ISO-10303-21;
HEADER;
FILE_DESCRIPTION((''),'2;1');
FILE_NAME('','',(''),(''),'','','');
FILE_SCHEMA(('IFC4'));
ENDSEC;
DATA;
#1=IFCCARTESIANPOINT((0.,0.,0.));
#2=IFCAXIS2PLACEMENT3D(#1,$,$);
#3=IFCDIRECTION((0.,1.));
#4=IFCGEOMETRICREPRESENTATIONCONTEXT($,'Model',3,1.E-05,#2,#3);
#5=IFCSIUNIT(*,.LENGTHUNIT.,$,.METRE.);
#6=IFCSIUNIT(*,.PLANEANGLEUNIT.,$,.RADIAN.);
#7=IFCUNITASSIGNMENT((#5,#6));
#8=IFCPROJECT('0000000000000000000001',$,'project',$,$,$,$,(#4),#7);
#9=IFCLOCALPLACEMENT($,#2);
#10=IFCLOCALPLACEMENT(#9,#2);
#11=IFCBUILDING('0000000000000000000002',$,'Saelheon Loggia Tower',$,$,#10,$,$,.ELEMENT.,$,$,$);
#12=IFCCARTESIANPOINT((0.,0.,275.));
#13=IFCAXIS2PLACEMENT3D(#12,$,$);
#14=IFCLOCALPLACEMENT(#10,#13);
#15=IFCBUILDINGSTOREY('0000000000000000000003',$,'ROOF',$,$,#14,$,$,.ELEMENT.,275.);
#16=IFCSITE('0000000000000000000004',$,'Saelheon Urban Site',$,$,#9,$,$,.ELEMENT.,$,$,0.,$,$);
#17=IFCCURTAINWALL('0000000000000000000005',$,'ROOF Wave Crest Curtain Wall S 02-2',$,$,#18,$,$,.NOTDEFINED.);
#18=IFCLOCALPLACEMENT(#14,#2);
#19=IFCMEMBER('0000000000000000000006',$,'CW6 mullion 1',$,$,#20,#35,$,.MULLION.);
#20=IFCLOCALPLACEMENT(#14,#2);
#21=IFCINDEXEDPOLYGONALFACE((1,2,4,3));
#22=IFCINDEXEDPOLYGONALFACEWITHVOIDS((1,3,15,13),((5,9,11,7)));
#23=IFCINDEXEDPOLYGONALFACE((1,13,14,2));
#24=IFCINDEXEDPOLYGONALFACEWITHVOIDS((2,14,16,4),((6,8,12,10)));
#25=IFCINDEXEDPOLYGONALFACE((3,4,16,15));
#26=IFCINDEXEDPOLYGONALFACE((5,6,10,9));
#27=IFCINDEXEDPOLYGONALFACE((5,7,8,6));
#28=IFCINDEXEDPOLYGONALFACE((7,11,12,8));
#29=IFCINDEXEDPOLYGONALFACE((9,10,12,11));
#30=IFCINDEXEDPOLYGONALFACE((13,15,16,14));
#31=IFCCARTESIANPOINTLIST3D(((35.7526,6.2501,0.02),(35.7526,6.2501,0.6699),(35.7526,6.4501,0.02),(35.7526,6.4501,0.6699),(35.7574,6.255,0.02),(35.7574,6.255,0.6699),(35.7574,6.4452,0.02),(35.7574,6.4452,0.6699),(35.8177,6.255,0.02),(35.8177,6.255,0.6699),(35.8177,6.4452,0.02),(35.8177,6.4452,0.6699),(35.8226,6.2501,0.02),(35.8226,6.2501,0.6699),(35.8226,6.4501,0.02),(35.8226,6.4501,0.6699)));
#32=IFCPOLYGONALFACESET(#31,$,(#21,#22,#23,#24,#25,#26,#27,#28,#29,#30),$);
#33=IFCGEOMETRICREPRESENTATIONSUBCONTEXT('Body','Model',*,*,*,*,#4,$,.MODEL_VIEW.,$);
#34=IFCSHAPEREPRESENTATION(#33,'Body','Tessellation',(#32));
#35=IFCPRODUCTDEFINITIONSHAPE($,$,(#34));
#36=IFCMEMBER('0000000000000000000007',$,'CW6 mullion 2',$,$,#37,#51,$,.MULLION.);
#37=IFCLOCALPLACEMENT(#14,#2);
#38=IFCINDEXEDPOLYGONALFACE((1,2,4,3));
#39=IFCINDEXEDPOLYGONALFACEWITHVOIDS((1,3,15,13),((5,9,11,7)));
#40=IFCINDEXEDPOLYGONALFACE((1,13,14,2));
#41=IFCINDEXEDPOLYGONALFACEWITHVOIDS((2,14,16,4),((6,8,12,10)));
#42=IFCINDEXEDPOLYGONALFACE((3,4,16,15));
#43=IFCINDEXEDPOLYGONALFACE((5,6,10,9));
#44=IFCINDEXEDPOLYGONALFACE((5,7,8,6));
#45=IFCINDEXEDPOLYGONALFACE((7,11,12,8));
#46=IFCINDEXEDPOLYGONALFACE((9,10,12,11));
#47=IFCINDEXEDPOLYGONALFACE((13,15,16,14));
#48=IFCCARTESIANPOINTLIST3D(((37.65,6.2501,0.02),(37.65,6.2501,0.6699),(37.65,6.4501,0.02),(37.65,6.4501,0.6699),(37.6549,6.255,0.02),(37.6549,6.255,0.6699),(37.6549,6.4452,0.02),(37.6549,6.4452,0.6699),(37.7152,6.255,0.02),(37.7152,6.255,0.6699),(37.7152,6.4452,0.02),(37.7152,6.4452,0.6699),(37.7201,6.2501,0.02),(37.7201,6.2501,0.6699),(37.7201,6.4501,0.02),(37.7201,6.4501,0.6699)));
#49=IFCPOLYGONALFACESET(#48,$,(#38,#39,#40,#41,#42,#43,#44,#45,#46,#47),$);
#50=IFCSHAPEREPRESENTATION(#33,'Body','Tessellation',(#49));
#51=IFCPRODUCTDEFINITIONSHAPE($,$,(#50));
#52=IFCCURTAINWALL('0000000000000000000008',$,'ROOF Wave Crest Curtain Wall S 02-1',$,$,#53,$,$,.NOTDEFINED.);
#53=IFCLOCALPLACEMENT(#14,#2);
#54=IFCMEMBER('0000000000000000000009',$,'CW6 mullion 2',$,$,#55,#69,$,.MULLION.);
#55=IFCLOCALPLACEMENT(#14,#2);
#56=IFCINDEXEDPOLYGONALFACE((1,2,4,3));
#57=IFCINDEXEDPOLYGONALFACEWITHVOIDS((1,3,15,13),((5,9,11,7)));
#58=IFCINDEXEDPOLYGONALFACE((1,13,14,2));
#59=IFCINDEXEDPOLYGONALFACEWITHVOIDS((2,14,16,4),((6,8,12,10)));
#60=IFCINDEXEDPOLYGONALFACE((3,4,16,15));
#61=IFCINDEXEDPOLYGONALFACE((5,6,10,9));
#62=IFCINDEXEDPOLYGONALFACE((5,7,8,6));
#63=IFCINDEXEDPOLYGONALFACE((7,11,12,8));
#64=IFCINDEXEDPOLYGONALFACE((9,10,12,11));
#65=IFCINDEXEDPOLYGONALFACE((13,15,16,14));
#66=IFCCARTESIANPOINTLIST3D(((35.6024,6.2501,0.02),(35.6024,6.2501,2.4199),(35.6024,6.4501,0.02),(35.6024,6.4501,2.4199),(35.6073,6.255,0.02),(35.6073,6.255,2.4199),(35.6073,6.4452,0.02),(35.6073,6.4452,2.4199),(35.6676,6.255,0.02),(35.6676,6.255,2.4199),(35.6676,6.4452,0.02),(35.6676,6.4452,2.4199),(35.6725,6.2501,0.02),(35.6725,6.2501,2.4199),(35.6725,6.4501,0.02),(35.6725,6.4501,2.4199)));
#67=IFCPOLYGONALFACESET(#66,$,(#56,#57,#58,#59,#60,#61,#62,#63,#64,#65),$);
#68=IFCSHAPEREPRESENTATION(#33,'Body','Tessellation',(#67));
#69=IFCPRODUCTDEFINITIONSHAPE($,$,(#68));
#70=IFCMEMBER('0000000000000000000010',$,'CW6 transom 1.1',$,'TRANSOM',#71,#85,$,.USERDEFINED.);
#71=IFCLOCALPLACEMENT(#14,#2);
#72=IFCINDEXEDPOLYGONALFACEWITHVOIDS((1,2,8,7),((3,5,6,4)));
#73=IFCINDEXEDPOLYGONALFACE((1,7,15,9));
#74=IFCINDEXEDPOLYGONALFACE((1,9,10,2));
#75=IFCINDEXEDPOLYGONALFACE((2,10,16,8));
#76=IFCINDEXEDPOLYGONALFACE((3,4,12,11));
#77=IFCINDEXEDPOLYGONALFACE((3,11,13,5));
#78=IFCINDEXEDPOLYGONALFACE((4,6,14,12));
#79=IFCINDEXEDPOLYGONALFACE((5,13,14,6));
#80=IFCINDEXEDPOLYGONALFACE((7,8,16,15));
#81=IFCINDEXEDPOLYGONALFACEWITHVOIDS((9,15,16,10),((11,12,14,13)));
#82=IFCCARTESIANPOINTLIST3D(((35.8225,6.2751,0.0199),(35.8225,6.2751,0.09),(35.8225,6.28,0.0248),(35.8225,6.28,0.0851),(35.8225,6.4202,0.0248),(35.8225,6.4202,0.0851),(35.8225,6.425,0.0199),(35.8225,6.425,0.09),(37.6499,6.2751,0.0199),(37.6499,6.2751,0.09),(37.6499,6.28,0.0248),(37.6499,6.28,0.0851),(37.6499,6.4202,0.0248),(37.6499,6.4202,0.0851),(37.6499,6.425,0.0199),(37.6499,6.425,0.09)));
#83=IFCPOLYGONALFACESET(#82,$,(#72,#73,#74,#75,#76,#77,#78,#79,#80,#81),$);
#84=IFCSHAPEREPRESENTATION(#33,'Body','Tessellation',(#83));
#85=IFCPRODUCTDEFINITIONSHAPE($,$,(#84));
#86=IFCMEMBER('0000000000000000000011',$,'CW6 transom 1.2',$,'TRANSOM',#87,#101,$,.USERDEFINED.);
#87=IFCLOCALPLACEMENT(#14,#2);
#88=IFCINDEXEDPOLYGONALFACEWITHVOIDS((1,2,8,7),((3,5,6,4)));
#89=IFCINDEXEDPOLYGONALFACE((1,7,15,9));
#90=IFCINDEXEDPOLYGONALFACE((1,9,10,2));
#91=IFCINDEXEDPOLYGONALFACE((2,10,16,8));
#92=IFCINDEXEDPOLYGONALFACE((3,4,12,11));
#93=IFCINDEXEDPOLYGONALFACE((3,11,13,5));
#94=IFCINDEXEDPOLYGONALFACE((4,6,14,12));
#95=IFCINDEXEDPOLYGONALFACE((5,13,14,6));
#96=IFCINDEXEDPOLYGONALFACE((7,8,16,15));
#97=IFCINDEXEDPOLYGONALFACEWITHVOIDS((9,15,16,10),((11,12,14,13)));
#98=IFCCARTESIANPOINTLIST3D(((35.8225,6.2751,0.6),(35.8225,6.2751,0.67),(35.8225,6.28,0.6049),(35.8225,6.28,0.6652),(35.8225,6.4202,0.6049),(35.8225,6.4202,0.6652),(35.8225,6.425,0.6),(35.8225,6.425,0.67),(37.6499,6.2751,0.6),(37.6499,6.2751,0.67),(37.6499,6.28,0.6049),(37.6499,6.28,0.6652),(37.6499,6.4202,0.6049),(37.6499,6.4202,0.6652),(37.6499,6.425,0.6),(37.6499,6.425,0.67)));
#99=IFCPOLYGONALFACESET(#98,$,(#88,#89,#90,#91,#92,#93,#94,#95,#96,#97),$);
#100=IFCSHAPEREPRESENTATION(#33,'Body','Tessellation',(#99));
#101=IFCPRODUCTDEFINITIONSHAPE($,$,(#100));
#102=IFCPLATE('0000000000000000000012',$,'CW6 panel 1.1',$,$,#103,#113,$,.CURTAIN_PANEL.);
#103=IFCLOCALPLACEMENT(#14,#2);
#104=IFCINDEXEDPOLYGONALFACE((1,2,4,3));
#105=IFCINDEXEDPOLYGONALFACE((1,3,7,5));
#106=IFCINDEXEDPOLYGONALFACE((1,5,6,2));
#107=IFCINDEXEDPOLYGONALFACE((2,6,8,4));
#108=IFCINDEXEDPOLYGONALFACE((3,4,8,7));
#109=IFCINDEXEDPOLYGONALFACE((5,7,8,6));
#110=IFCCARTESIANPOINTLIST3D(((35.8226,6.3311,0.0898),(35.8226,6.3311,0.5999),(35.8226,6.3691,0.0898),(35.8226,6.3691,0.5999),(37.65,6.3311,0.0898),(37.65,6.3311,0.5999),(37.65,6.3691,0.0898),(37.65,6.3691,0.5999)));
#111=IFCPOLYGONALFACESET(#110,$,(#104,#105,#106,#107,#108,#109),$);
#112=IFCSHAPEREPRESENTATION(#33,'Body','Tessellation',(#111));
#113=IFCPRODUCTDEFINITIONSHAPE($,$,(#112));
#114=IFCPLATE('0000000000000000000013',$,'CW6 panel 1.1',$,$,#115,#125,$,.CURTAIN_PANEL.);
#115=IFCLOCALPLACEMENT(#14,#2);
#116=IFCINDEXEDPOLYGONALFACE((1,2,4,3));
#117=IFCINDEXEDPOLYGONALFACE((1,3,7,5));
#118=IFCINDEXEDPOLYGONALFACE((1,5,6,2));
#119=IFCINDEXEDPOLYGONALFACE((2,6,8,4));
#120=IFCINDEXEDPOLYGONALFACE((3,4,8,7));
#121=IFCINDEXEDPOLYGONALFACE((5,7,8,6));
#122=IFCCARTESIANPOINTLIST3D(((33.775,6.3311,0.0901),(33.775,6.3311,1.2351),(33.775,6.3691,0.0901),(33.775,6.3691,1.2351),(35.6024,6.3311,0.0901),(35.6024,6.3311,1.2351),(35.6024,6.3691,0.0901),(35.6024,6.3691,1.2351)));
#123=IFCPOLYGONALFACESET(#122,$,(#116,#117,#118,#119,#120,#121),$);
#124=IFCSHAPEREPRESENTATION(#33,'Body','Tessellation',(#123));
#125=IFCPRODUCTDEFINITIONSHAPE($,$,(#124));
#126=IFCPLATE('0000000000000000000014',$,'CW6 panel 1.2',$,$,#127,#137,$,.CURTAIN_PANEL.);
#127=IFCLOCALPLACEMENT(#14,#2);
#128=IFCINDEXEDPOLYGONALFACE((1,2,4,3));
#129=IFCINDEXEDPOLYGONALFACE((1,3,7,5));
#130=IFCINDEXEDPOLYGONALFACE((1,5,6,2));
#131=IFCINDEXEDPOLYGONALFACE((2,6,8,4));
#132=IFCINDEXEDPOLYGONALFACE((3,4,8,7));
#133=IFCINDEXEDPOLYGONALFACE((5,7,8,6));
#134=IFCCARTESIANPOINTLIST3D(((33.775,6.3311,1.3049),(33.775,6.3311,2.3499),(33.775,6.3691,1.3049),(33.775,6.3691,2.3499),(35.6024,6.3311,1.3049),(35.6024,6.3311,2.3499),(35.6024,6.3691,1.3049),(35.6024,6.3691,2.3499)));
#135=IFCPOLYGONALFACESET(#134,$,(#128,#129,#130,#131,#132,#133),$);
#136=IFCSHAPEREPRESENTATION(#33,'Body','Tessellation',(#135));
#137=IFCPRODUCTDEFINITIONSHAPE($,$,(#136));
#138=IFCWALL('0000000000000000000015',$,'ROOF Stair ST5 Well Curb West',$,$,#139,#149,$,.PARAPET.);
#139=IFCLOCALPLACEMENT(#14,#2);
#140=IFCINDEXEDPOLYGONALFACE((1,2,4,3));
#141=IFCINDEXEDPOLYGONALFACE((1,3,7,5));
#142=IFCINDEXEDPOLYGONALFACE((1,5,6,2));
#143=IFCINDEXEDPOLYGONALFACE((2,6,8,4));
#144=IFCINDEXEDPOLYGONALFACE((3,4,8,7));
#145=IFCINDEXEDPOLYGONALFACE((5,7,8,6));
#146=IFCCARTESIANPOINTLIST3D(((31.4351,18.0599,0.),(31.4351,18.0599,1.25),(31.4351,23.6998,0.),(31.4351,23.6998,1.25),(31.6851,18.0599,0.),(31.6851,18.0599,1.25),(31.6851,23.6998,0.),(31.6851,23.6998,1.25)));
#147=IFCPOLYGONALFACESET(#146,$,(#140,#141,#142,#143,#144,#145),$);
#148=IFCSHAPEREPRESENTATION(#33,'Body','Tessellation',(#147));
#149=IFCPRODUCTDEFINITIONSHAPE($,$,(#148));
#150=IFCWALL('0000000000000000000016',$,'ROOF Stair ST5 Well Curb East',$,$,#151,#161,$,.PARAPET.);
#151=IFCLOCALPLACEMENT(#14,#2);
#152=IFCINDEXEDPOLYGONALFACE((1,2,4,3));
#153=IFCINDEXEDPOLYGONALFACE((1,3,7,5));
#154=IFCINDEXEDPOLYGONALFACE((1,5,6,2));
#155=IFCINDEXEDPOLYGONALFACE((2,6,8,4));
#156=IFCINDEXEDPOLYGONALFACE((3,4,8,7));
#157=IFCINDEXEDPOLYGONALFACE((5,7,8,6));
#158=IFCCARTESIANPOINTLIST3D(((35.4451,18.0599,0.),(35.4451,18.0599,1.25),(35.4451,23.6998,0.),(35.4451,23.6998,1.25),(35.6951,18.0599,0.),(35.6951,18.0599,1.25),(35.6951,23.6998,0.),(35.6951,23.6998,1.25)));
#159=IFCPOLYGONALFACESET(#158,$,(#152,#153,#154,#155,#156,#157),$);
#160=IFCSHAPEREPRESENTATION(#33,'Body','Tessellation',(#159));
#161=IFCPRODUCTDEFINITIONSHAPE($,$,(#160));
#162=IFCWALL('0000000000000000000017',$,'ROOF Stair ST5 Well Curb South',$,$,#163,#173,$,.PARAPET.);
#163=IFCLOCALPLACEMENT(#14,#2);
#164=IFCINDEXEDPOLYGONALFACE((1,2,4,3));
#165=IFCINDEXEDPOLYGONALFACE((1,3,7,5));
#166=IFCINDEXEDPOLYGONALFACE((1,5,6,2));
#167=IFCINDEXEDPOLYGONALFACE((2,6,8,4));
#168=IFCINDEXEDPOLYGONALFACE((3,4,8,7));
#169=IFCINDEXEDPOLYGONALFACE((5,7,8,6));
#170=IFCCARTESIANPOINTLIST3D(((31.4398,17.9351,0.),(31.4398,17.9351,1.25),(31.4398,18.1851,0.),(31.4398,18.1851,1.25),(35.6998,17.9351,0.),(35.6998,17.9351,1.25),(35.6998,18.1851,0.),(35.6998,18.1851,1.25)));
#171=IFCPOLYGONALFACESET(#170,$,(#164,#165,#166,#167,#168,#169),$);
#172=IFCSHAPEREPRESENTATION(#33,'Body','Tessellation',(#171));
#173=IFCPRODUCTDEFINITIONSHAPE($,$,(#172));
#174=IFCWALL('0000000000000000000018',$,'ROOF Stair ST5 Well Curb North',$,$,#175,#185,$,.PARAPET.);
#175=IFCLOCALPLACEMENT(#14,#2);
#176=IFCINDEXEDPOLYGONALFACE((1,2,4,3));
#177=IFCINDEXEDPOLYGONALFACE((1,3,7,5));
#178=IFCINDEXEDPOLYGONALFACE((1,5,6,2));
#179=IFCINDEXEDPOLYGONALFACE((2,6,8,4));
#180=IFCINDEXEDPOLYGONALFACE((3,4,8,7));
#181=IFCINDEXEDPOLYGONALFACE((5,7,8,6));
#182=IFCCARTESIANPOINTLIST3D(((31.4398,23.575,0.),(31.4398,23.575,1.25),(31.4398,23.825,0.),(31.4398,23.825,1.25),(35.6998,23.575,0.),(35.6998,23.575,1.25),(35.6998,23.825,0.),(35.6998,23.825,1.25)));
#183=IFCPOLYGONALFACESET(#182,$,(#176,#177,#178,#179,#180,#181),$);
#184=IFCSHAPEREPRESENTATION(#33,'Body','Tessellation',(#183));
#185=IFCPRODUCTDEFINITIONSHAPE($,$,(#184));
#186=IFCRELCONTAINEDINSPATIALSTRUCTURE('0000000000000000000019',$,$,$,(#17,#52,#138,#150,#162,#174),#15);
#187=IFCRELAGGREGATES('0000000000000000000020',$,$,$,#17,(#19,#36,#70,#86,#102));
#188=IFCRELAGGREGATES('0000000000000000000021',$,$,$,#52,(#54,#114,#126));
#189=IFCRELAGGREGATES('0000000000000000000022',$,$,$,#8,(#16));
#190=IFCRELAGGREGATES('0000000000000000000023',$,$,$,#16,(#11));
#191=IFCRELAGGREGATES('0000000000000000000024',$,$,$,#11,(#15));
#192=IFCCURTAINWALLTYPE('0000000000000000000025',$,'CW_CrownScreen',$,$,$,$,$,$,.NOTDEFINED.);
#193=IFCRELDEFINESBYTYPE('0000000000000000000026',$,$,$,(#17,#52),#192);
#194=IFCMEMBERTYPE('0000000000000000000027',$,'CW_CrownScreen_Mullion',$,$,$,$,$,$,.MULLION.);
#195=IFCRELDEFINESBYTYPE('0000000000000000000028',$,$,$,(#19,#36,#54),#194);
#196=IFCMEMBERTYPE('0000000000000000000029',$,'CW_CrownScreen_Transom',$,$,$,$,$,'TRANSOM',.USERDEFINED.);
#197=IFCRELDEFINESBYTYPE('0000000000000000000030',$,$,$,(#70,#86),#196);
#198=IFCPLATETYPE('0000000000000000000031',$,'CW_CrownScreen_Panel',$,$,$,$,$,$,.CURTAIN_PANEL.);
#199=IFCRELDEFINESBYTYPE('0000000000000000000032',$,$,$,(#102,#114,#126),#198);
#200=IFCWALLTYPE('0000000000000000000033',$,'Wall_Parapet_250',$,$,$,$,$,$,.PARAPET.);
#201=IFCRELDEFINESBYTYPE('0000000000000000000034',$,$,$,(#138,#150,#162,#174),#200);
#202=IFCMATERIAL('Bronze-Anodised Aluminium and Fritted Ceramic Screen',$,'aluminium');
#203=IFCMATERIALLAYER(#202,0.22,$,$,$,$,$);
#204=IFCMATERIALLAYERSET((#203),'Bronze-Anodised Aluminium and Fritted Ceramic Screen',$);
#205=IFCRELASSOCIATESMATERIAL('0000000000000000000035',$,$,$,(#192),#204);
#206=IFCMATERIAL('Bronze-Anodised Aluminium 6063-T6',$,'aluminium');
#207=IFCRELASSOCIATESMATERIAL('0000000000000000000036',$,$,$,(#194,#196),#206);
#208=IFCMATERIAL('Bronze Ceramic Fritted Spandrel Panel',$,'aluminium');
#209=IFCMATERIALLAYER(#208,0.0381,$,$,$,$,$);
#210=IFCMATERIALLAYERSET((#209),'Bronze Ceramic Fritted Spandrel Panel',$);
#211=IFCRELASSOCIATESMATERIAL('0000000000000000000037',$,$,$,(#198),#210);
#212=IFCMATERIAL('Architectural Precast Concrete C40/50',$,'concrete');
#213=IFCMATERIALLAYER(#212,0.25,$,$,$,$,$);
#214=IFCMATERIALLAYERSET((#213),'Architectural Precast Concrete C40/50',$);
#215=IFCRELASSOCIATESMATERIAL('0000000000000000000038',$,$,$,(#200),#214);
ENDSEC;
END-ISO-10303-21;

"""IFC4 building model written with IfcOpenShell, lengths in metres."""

from ifc_helpers import new_model, si_unit, direction, frame, frame_2d, origin, origin_2d, place, context, subcontext, project, spatial, rectangle, hollow_rectangle, extrude, source, transform, mapped, material, layer, layer_set, material_profile, profile_set, type_object, element, aggregate, save


model = new_model("IFC4")

# Units and contexts
model_context = context("Model", 3, precision=1e-05, world=origin(), true_north=direction((0.0, 1.0)))
body_context = subcontext(model_context, "Body", "Model", "MODEL_VIEW")
ifc_project = project(units=[si_unit("LENGTHUNIT", "METRE"), si_unit("PLANEANGLEUNIT", "RADIAN")], contexts=[model_context])

# Site, building, storey
site_placement = place(None, origin())
site = spatial("IfcSite", under=ifc_project, at=site_placement, Name="Saelheon Urban Site", CompositionType="ELEMENT", RefElevation=0.0)
building_placement = place(site_placement, origin())
building = spatial("IfcBuilding", under=site, at=building_placement, Name="Saelheon Loggia Tower", CompositionType="ELEMENT")
storey_placement = place(building_placement, frame((0.0, 0.0, 275.0)))
storey = spatial("IfcBuildingStorey", under=building, at=storey_placement, Name="ROOF", CompositionType="ELEMENT", Elevation=275.0)

# Curtain wall, members
ifc_material_1 = material(Name="Bronze-Anodised Aluminium and Fritted Ceramic Screen", Category="aluminium")
ifc_layer_1 = layer(ifc_material_1, 0.22)
ifc_layer_set_1 = layer_set([ifc_layer_1], Name="Bronze-Anodised Aluminium and Fritted Ceramic Screen")
curtain_wall_type = type_object("IfcCurtainWallType", Name="CW_CrownScreen", PredefinedType="NOTDEFINED", material=ifc_layer_set_1)
curtain_wall_1_placement = place(storey_placement, origin())
curtain_wall_1 = element("IfcCurtainWall", 1, at=curtain_wall_1_placement, inside=storey, type_object=curtain_wall_type, Name="ROOF Wave Crest Curtain Wall S 02-2", PredefinedType="NOTDEFINED")
ifc_material_2 = material(Name="Bronze-Anodised Aluminium 6063-T6", Category="aluminium")
ifc_material_profile_1 = material_profile(ifc_material_2, hollow_rectangle(XDim=0.0701, YDim=0.2, WallThickness=0.0049, at=origin_2d()), Name="RHS-200x70x5")
ifc_profile_set_1 = profile_set([ifc_material_profile_1], Name="Bronze-Anodised Aluminium 6063-T6")
member_type_1 = type_object("IfcMemberType", Name="CW_CrownScreen_Mullion", PredefinedType="MULLION", material=ifc_profile_set_1)
shared_shape_1 = source(origin(), body_context, "Body", "SweptSolid", [
    extrude(hollow_rectangle(XDim=0.0701, YDim=0.2, WallThickness=0.0049, at=origin_2d()), origin(), (0.0, 0.0, 1.0), 0.6499),
])
member_1_placement = place(storey_placement, frame((35.7876, 6.3501, 0.02), z_axis=(0.0, 0.0, 1.0), x_axis=(1.0, 0.0, 0.0)))
member_1 = element("IfcMember", 2, at=member_1_placement, type_object=member_type_1, Name="CW6 mullion 1", PredefinedType="MULLION", context=body_context, shape_type="MappedRepresentation", body=[
    mapped(shared_shape_1, transform((0.0, 0.0, 0.0), scale=1.0)),
])
member_2_placement = place(storey_placement, frame((37.6851, 6.3501, 0.02), z_axis=(0.0, 0.0, 1.0), x_axis=(1.0, 0.0, 0.0)))
member_2 = element("IfcMember", 3, at=member_2_placement, type_object=member_type_1, Name="CW6 mullion 2", PredefinedType="MULLION", context=body_context, shape_type="MappedRepresentation", body=[
    mapped(shared_shape_1, transform((0.0, 0.0, 0.0), scale=1.0)),
])

# Curtain wall, member
curtain_wall_2_placement = place(storey_placement, origin())
curtain_wall_2 = element("IfcCurtainWall", 4, at=curtain_wall_2_placement, inside=storey, type_object=curtain_wall_type, Name="ROOF Wave Crest Curtain Wall S 02-1", PredefinedType="NOTDEFINED")
shared_shape_2 = source(origin(), body_context, "Body", "SweptSolid", [
    extrude(hollow_rectangle(XDim=0.0701, YDim=0.2, WallThickness=0.0049, at=origin_2d()), origin(), (0.0, 0.0, 1.0), 2.3999),
])
member_3_placement = place(storey_placement, frame((35.6375, 6.3501, 0.02), z_axis=(0.0, 0.0, 1.0), x_axis=(1.0, 0.0, 0.0)))
member_3 = element("IfcMember", 5, at=member_3_placement, type_object=member_type_1, Name="CW6 mullion 2", PredefinedType="MULLION", context=body_context, shape_type="MappedRepresentation", body=[
    mapped(shared_shape_2, transform((0.0, 0.0, 0.0), scale=1.0)),
])

# Members
ifc_material_profile_2 = material_profile(ifc_material_2, hollow_rectangle(XDim=0.0701, YDim=0.1499, WallThickness=0.0049, at=origin_2d()), Name="RHS-150x70x5")
ifc_profile_set_2 = profile_set([ifc_material_profile_2], Name="Bronze-Anodised Aluminium 6063-T6")
member_type_2 = type_object("IfcMemberType", Name="CW_CrownScreen_Transom", ElementType="TRANSOM", PredefinedType="USERDEFINED", material=ifc_profile_set_2)
shared_shape_3 = source(origin(), body_context, "Body", "SweptSolid", [
    extrude(hollow_rectangle(XDim=0.0701, YDim=0.1499, WallThickness=0.0049, at=origin_2d()), origin(), (0.0, 0.0, 1.0), 1.8274),
])
member_4_placement = place(storey_placement, frame((35.8225, 6.3501, 0.0549), z_axis=(1.0, 0.0, 0.0), x_axis=(0.0, 0.0, 1.0)))
member_4 = element("IfcMember", 6, at=member_4_placement, type_object=member_type_2, Name="CW6 transom 1.1", ObjectType="TRANSOM", PredefinedType="USERDEFINED", context=body_context, shape_type="MappedRepresentation", body=[
    mapped(shared_shape_3, transform((0.0, 0.0, 0.0), scale=1.0)),
])
member_5_placement = place(storey_placement, frame((35.8225, 6.3501, 0.635), z_axis=(1.0, 0.0, 0.0), x_axis=(0.0, 0.0, 1.0)))
member_5 = element("IfcMember", 7, at=member_5_placement, type_object=member_type_2, Name="CW6 transom 1.2", ObjectType="TRANSOM", PredefinedType="USERDEFINED", context=body_context, shape_type="MappedRepresentation", body=[
    mapped(shared_shape_3, transform((0.0, 0.0, 0.0), scale=1.0)),
])

# Plates
ifc_material_3 = material(Name="Bronze Ceramic Fritted Spandrel Panel", Category="aluminium")
ifc_layer_2 = layer(ifc_material_3, 0.0381)
ifc_layer_set_2 = layer_set([ifc_layer_2], Name="Bronze Ceramic Fritted Spandrel Panel")
plate_type = type_object("IfcPlateType", Name="CW_CrownScreen_Panel", PredefinedType="CURTAIN_PANEL", material=ifc_layer_set_2)
shared_shape_4 = source(origin(), body_context, "Body", "SweptSolid", [
    extrude(rectangle(XDim=1.8274, YDim=0.0381, at=origin_2d()), origin(), (0.0, 0.0, 1.0), 0.51),
])
plate_1_placement = place(storey_placement, frame((36.7363, 6.3501, 0.0898), z_axis=(0.0, 0.0, 1.0), x_axis=(1.0, 0.0, 0.0)))
plate_1 = element("IfcPlate", 8, at=plate_1_placement, type_object=plate_type, Name="CW6 panel 1.1", PredefinedType="CURTAIN_PANEL", context=body_context, shape_type="MappedRepresentation", body=[
    mapped(shared_shape_4, transform((0.0, 0.0, 0.0), scale=1.0)),
])
aggregate(curtain_wall_1, [member_1, member_2, member_4, member_5, plate_1])
shared_shape_5 = source(origin(), body_context, "Body", "SweptSolid", [
    extrude(rectangle(XDim=1.8274, YDim=0.0381, at=origin_2d()), origin(), (0.0, 0.0, 1.0), 1.145),
])
plate_2_placement = place(storey_placement, frame((34.6887, 6.3501, 0.0901), z_axis=(0.0, 0.0, 1.0), x_axis=(1.0, 0.0, 0.0)))
plate_2 = element("IfcPlate", 9, at=plate_2_placement, type_object=plate_type, Name="CW6 panel 1.1", PredefinedType="CURTAIN_PANEL", context=body_context, shape_type="MappedRepresentation", body=[
    mapped(shared_shape_5, transform((0.0, 0.0, 0.0), scale=1.0)),
])
shared_shape_6 = source(origin(), body_context, "Body", "SweptSolid", [
    extrude(rectangle(XDim=1.8274, YDim=0.0381, at=origin_2d()), origin(), (0.0, 0.0, 1.0), 1.0449),
])
plate_3_placement = place(storey_placement, frame((34.6887, 6.3501, 1.3049), z_axis=(0.0, 0.0, 1.0), x_axis=(1.0, 0.0, 0.0)))
plate_3 = element("IfcPlate", 10, at=plate_3_placement, type_object=plate_type, Name="CW6 panel 1.2", PredefinedType="CURTAIN_PANEL", context=body_context, shape_type="MappedRepresentation", body=[
    mapped(shared_shape_6, transform((0.0, 0.0, 0.0), scale=1.0)),
])
aggregate(curtain_wall_2, [member_3, plate_2, plate_3])

# Walls
ifc_material_4 = material(Name="Architectural Precast Concrete C40/50", Category="concrete")
ifc_layer_3 = layer(ifc_material_4, 0.25)
ifc_layer_set_3 = layer_set([ifc_layer_3], Name="Architectural Precast Concrete C40/50")
wall_type = type_object("IfcWallType", Name="Wall_Parapet_250", PredefinedType="PARAPET", material=ifc_layer_set_3)
for number, where, z_axis, x_axis, name in (
    (11, (31.5601, 18.0601, 0.0), (0.0, 0.0, 1.0), (0.0, 1.0, 0.0), "ROOF Stair ST5 Well Curb West"),
    (12, (35.5701, 18.0601, 0.0), (0.0, 0.0, 1.0), (0.0, 1.0, 0.0), "ROOF Stair ST5 Well Curb East"),
):
    element("IfcWall", number, at=place(storey_placement, frame(where, z_axis=z_axis, x_axis=x_axis)), inside=storey, type_object=wall_type, Name=name, PredefinedType="PARAPET", context=body_context, shape_type="SweptSolid", body=[
        extrude(rectangle(XDim=5.6399, YDim=0.25, at=frame_2d((2.8198, 0.0))), origin(), (0.0, 0.0, 1.0), 1.25),
    ])
for number, where, z_axis, x_axis, name in (
    (13, (31.4399, 18.0601, 0.0), (0.0, 0.0, 1.0), (1.0, 0.0, 0.0), "ROOF Stair ST5 Well Curb South"),
    (14, (31.4399, 23.7, 0.0), (0.0, 0.0, 1.0), (1.0, 0.0, 0.0), "ROOF Stair ST5 Well Curb North"),
):
    element("IfcWall", number, at=place(storey_placement, frame(where, z_axis=z_axis, x_axis=x_axis)), inside=storey, type_object=wall_type, Name=name, PredefinedType="PARAPET", context=body_context, shape_type="SweptSolid", body=[
        extrude(rectangle(XDim=4.26, YDim=0.25, at=frame_2d((2.1299, 0.0))), origin(), (0.0, 0.0, 1.0), 1.25),
    ])

save(model, "model.ifc")
